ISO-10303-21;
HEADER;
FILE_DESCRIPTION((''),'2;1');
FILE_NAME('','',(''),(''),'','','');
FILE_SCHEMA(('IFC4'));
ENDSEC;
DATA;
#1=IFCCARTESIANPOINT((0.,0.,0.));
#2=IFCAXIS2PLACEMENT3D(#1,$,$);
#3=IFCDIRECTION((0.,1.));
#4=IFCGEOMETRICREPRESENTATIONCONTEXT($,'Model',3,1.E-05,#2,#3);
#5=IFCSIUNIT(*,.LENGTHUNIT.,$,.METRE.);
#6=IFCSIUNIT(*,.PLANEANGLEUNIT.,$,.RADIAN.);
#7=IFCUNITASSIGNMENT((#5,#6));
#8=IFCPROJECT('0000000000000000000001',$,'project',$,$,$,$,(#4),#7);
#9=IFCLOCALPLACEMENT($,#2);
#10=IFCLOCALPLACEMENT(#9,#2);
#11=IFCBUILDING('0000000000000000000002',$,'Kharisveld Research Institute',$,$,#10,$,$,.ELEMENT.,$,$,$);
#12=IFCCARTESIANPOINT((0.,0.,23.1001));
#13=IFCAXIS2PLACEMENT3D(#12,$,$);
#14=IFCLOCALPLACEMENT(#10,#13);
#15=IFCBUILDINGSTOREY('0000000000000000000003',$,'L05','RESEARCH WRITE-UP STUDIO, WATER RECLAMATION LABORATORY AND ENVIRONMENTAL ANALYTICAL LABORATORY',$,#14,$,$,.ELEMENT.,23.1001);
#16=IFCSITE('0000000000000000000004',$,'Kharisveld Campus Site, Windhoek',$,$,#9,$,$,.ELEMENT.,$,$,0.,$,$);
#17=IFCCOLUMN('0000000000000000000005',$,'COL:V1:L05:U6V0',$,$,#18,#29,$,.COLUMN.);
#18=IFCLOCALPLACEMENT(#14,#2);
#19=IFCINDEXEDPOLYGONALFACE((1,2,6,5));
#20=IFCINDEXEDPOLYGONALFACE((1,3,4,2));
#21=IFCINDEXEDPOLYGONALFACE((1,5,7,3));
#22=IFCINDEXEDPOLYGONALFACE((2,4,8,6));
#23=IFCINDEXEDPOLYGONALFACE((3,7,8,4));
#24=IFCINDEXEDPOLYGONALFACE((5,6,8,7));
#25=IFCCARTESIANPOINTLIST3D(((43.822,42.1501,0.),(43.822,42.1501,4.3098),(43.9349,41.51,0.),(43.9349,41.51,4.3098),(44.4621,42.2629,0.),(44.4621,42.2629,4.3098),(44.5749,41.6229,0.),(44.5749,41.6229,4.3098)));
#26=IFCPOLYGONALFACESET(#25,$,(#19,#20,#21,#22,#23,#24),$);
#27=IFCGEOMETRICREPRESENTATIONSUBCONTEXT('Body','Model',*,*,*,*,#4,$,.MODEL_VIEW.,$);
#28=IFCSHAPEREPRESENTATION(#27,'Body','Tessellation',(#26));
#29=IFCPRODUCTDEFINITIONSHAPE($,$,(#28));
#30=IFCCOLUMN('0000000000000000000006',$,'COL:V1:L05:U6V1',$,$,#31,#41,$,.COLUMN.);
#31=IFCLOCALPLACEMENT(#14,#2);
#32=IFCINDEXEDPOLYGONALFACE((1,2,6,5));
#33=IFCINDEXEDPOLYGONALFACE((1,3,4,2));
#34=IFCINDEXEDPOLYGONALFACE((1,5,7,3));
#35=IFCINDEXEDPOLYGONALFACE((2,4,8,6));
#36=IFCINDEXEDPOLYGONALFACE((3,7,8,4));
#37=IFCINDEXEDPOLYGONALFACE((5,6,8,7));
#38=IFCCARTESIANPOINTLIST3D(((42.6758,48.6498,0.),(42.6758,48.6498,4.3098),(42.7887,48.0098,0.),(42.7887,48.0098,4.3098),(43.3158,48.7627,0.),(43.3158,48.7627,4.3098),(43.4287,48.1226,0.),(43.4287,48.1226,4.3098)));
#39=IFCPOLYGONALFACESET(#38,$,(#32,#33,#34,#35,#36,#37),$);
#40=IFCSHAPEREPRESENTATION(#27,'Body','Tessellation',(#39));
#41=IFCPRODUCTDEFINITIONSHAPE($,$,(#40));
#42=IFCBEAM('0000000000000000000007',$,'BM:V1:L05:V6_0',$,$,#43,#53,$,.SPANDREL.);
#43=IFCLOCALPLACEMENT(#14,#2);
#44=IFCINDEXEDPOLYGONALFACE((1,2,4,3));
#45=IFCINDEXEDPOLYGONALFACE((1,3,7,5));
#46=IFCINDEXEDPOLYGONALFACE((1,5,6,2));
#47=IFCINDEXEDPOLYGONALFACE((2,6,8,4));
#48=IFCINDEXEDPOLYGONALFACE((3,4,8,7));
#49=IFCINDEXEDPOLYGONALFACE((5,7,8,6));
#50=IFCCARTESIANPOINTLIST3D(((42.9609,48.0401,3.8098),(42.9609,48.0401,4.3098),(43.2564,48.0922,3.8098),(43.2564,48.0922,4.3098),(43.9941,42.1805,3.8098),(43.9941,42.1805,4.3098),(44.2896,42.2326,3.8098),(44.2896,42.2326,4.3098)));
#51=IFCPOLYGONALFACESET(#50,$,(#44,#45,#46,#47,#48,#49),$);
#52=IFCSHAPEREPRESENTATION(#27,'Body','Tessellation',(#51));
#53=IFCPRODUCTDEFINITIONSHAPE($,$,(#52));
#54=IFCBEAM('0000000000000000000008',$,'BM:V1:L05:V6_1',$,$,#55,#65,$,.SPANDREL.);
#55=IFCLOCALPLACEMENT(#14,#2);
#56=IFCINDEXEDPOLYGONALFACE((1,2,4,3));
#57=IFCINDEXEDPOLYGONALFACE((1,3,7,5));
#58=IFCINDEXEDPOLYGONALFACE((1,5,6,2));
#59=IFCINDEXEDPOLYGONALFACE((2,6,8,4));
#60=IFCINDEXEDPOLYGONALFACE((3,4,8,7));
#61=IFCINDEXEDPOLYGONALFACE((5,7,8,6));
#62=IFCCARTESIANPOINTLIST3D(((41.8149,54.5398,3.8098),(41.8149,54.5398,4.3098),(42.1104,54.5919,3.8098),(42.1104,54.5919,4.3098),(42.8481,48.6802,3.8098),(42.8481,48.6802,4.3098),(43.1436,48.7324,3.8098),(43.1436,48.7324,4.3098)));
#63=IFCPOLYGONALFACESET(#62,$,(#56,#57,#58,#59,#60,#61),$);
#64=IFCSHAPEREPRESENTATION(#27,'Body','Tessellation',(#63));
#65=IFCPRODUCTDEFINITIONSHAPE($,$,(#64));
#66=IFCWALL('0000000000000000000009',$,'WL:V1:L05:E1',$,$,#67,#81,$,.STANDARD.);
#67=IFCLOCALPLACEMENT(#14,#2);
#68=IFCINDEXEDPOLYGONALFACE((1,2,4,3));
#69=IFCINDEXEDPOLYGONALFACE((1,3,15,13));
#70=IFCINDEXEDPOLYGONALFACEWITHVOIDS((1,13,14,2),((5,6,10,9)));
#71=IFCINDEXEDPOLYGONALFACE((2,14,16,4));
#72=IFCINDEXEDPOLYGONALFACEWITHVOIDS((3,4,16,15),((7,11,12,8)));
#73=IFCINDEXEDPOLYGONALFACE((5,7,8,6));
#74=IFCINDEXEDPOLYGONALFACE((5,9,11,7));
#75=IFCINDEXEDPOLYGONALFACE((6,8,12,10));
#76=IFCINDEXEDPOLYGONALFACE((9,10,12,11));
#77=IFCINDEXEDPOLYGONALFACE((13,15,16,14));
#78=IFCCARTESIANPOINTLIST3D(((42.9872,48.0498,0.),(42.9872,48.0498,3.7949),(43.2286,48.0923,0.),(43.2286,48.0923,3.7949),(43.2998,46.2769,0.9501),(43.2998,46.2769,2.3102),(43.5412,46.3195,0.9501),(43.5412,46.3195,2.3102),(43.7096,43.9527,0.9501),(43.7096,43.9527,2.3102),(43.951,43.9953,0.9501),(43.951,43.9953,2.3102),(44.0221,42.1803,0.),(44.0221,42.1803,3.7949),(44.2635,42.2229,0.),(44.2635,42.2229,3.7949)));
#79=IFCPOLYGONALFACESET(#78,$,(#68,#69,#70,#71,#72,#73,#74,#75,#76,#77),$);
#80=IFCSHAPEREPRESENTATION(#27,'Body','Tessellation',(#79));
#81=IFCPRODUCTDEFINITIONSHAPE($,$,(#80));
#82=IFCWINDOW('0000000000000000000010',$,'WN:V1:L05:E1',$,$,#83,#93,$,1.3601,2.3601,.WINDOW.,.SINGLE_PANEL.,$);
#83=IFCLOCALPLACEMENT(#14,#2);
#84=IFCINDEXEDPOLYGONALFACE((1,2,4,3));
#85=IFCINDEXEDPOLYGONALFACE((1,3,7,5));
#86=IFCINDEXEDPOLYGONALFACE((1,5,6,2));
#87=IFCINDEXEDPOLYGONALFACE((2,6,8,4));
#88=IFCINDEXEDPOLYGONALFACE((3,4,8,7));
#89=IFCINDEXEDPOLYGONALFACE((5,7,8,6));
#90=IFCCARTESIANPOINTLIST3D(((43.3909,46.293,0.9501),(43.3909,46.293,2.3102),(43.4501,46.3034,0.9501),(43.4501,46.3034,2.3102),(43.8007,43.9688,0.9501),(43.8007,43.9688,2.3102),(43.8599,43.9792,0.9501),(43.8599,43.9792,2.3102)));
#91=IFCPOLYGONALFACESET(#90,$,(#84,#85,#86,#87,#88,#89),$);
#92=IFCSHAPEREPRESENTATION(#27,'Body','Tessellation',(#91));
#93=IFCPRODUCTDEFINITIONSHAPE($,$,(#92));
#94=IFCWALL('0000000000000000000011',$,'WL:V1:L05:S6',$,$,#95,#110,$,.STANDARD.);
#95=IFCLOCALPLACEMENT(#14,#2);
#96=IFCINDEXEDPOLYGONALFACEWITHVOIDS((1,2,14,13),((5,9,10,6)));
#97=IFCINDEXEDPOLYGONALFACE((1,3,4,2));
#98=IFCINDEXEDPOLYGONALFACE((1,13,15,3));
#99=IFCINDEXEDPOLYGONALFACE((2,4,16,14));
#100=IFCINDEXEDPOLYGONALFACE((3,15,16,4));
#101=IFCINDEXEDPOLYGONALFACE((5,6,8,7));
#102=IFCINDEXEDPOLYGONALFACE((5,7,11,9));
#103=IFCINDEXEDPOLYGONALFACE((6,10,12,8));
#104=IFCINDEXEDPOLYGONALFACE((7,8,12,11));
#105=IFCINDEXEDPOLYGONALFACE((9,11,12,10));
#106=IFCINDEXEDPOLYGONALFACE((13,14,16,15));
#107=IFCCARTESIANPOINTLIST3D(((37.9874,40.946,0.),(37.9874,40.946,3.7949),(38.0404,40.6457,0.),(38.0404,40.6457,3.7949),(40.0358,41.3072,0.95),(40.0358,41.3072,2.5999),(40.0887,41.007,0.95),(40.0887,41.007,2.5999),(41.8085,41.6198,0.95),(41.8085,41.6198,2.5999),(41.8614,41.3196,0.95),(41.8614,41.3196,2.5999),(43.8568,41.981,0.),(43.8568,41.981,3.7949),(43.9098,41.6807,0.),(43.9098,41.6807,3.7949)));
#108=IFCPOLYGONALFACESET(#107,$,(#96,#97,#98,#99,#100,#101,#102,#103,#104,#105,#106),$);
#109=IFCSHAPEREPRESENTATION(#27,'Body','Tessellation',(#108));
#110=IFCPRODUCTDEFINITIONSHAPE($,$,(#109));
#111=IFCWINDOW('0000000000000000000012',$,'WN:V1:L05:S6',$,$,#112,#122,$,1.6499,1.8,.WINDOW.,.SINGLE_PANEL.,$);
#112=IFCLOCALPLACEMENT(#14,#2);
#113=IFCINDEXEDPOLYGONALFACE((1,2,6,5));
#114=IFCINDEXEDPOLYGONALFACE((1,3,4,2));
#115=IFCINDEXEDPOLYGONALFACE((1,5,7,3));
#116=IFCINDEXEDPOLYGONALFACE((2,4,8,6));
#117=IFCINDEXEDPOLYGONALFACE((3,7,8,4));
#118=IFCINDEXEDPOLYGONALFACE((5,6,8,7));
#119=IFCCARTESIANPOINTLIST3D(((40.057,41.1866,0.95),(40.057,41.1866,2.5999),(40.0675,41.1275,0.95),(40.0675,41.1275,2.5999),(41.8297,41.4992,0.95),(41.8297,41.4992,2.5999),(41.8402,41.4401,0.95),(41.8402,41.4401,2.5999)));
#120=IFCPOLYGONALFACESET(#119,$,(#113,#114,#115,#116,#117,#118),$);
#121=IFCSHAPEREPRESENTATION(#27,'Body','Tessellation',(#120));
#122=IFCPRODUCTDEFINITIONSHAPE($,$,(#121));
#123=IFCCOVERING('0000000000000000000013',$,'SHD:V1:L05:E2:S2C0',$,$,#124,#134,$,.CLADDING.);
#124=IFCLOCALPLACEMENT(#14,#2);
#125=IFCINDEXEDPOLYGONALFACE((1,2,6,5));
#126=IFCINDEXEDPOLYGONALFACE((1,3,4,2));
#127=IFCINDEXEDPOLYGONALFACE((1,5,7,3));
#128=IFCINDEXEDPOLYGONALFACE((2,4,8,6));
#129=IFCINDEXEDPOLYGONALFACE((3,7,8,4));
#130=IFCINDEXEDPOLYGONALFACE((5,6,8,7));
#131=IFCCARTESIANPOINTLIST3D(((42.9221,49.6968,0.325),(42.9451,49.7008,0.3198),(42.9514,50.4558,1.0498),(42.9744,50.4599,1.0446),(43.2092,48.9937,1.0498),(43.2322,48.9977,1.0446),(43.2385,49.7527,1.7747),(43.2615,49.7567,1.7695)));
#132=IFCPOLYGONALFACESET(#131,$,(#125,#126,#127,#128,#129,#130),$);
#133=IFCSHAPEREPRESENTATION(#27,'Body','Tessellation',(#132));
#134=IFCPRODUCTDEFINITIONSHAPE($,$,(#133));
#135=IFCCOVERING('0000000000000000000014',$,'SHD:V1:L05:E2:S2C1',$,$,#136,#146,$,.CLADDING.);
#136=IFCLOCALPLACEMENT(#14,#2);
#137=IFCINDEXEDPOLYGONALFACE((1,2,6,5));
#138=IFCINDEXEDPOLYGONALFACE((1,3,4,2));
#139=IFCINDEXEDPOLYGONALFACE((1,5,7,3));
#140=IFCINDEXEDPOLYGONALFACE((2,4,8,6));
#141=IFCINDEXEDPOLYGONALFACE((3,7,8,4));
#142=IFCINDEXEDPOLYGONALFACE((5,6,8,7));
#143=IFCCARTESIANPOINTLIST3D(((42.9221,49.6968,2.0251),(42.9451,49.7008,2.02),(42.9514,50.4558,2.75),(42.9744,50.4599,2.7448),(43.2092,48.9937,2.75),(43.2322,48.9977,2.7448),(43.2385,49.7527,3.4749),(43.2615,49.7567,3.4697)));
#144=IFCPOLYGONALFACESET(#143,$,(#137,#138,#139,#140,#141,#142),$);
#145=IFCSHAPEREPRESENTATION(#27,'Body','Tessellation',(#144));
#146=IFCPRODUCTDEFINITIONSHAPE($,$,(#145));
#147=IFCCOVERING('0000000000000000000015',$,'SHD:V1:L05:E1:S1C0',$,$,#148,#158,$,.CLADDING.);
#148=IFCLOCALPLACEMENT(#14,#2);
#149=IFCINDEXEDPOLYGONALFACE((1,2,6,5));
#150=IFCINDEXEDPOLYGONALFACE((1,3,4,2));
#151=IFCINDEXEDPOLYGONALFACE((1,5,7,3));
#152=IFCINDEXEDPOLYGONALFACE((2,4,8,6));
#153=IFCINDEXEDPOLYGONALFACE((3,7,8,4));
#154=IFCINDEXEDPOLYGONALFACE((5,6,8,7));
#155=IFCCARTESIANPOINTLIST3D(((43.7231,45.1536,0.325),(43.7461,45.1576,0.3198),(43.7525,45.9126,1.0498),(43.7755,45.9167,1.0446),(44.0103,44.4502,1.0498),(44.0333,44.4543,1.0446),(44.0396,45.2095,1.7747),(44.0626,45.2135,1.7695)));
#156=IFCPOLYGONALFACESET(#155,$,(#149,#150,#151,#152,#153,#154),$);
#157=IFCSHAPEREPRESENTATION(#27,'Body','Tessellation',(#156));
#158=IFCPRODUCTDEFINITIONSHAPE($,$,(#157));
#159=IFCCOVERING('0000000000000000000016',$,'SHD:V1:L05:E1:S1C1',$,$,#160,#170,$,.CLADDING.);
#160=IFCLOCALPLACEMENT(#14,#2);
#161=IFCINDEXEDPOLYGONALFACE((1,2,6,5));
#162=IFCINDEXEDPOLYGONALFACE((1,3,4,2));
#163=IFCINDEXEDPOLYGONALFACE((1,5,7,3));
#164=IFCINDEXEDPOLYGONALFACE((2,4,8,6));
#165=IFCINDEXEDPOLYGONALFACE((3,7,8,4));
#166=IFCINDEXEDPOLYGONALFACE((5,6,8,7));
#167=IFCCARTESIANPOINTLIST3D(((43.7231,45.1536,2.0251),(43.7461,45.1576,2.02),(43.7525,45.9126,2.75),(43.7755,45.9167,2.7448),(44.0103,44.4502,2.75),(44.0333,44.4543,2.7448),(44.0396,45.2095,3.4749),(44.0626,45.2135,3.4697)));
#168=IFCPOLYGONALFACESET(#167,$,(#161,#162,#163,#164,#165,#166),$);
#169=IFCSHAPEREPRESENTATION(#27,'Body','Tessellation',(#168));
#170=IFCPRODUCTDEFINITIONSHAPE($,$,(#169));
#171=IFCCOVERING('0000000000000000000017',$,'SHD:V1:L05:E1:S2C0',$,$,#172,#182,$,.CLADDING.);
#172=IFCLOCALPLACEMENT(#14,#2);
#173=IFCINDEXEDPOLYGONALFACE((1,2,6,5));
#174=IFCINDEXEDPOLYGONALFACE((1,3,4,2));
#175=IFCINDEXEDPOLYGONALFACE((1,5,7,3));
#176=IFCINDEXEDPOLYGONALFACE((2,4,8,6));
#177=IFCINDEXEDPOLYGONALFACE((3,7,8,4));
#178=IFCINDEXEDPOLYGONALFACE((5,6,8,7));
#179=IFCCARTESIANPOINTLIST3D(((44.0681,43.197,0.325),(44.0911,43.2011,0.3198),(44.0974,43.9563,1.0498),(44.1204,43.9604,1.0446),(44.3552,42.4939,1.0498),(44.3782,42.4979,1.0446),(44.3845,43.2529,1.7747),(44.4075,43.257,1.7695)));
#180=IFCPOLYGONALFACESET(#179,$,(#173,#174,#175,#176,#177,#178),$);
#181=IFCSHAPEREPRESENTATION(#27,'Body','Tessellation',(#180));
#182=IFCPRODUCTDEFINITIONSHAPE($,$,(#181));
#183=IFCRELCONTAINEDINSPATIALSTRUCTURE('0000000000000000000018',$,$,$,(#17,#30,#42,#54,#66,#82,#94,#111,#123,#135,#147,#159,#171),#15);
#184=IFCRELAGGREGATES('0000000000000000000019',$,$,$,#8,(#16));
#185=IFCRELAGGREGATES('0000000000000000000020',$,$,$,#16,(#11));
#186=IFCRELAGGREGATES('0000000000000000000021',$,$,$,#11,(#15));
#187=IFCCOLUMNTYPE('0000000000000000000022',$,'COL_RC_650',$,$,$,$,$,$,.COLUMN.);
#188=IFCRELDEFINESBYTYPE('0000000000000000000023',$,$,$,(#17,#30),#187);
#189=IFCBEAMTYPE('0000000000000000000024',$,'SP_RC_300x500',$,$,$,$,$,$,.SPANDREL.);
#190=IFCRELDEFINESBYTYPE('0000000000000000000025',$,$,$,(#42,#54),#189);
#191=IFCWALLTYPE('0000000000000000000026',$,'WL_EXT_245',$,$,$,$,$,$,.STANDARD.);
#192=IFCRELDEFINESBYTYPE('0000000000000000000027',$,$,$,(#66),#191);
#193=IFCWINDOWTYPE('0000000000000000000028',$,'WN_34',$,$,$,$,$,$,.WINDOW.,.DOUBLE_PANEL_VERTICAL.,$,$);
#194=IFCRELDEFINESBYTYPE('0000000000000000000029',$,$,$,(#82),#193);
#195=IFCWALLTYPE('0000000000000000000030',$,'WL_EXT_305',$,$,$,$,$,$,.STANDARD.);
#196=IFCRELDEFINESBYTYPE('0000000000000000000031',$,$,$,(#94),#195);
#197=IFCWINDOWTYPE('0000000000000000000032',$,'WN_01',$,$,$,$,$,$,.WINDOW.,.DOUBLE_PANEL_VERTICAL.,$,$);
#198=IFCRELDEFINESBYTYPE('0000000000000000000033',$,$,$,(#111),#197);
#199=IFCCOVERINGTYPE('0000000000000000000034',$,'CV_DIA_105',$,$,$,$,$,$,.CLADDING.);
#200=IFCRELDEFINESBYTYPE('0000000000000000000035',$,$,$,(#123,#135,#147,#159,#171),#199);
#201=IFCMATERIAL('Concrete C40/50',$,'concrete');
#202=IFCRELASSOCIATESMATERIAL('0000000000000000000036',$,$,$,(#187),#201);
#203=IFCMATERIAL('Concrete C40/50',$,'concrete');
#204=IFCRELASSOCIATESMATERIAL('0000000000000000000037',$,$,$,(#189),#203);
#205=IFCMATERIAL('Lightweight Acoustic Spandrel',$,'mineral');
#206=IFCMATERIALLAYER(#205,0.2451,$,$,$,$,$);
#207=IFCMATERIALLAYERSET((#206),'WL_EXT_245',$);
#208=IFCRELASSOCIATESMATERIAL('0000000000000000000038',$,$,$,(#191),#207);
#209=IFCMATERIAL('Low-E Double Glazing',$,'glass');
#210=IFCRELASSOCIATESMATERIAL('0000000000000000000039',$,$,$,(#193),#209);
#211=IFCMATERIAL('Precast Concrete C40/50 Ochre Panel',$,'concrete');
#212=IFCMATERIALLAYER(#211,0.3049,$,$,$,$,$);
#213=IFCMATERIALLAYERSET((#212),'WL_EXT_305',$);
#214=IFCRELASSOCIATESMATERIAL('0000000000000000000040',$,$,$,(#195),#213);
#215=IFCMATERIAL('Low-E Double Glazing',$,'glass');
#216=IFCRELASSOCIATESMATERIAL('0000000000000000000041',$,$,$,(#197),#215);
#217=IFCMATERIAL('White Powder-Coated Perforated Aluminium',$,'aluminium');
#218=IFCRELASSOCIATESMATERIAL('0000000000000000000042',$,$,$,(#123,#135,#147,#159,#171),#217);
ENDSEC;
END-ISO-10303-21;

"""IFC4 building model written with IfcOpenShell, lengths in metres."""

from ifc_helpers import new_model, si_unit, direction, frame, frame_2d, origin, origin_2d, place, context, subcontext, project, spatial, polyline, rectangle, outline, extrude, material, layer, layer_set, material_profile, profile_set, type_object, element, fill, save


model = new_model("IFC4")

# Units and contexts
model_context = context("Model", 3, precision=1e-05, world=origin(), true_north=direction((0.0, 1.0)))
body_context = subcontext(model_context, "Body", "Model", "MODEL_VIEW")
ifc_project = project(units=[si_unit("LENGTHUNIT", "METRE"), si_unit("PLANEANGLEUNIT", "RADIAN")], contexts=[model_context])

# Site, building, storey
site_placement = place(None, origin())
site = spatial("IfcSite", under=ifc_project, at=site_placement, Name="Kharisveld Campus Site, Windhoek", CompositionType="ELEMENT", RefElevation=0.0)
building_placement = place(site_placement, origin())
building = spatial("IfcBuilding", under=site, at=building_placement, Name="Kharisveld Research Institute", CompositionType="ELEMENT")
storey_placement = place(building_placement, frame((0.0, 0.0, 23.1001)))
storey = spatial("IfcBuildingStorey", under=building, at=storey_placement, Name="L05", Description="RESEARCH WRITE-UP STUDIO, WATER RECLAMATION LABORATORY AND ENVIRONMENTAL ANALYTICAL LABORATORY", CompositionType="ELEMENT", Elevation=23.1001)

# Columns
ifc_material_1 = material(Name="Concrete C40/50", Category="concrete")
ifc_material_profile_1 = material_profile(ifc_material_1, rectangle(XDim=0.6499, YDim=0.6499, at=origin_2d()))
ifc_profile_set_1 = profile_set([ifc_material_profile_1], Name="Concrete C40/50")
column_type = type_object("IfcColumnType", Name="COL_RC_650", PredefinedType="COLUMN", material=ifc_profile_set_1)
for number, where, z_axis, x_axis, name in (
    (1, (44.1985, 41.8865, 0.0), (0.0, 0.0, 1.0), (0.984808, 0.173648, 0.0), "COL:V1:L05:U6V0"),
    (2, (43.0522, 48.3862, 0.0), (0.0, 0.0, 1.0), (0.984808, 0.173648, 0.0), "COL:V1:L05:U6V1"),
):
    element("IfcColumn", number, at=place(storey_placement, frame(where, z_axis=z_axis, x_axis=x_axis)), inside=storey, type_object=column_type, Name=name, PredefinedType="COLUMN", context=body_context, shape_type="SweptSolid", body=[
        extrude(rectangle(XDim=0.6499, YDim=0.6499, at=origin_2d()), origin(), (0.0, 0.0, 1.0), 4.3098),
    ])

# Beams
ifc_material_2 = material(Name="Concrete C40/50", Category="concrete")
ifc_material_profile_2 = material_profile(ifc_material_2, rectangle(XDim=0.3, YDim=0.5, at=origin_2d()))
ifc_profile_set_2 = profile_set([ifc_material_profile_2], Name="Concrete C40/50")
beam_type = type_object("IfcBeamType", Name="SP_RC_300x500", PredefinedType="SPANDREL", material=ifc_profile_set_2)
for number, where, z_axis, x_axis, name in (
    (3, (44.1418, 42.2065, 4.0598), (-0.173647, 0.984808, 0.0), (-0.984808, -0.173647, 0.0), "BM:V1:L05:V6_0"),
    (4, (42.9958, 48.7063, 4.0598), (-0.173647, 0.984808, 0.0), (-0.984808, -0.173647, 0.0), "BM:V1:L05:V6_1"),
):
    element("IfcBeam", number, at=place(storey_placement, frame(where, z_axis=z_axis, x_axis=x_axis)), inside=storey, type_object=beam_type, Name=name, PredefinedType="SPANDREL", context=body_context, shape_type="SweptSolid", body=[
        extrude(rectangle(XDim=0.3, YDim=0.5, at=origin_2d()), origin(), (0.0, 0.0, 1.0), 5.95),
    ])

# Walls, openings, windows
ifc_material_3 = material(Name="Lightweight Acoustic Spandrel", Category="mineral")
ifc_layer_1 = layer(ifc_material_3, 0.2451)
ifc_layer_set_1 = layer_set([ifc_layer_1], Name="WL_EXT_245")
wall_type_1 = type_object("IfcWallType", Name="WL_EXT_245", PredefinedType="STANDARD", material=ifc_layer_set_1)
wall_1_placement = place(storey_placement, frame((43.1079, 48.071, 0.0), z_axis=(0.0, 0.0, 1.0), x_axis=(0.173645, -0.984808, 0.0)))
wall_1 = element("IfcWall", 5, at=wall_1_placement, inside=storey, type_object=wall_type_1, Name="WL:V1:L05:E1", PredefinedType="STANDARD", context=body_context, shape_type="SweptSolid", body=[
    extrude(rectangle(XDim=5.96, YDim=0.2451, at=frame_2d((2.98, 0.0))), origin(), (0.0, 0.0, 1.0), 3.7949),
])
opening_1_placement = place(wall_1_placement, frame((1.8, 0.0, 0.95)))
opening_1 = element("IfcOpeningElement", 6, at=opening_1_placement, cuts=wall_1, PredefinedType="OPENING", context=body_context, shape_type="SweptSolid", body=[
    extrude(rectangle(XDim=2.3601, YDim=1.3601, at=frame_2d((1.1802, 0.6802))), frame((0.0, 0.1226, 0.0), z_axis=(0.0, -1.0, 0.0), x_axis=(1.0, 0.0, 0.0)), (0.0, 0.0, 1.0), 0.2451),
])
ifc_material_4 = material(Name="Low-E Double Glazing", Category="glass")
window_type_1 = type_object("IfcWindowType", Name="WN_34", PartitioningType="DOUBLE_PANEL_VERTICAL", PredefinedType="WINDOW", material=ifc_material_4)
window_1_placement = place(opening_1_placement, origin())
window_1 = element("IfcWindow", 7, at=window_1_placement, inside=storey, type_object=window_type_1, Name="WN:V1:L05:E1", OverallHeight=1.3601, OverallWidth=2.3601, PartitioningType="SINGLE_PANEL", PredefinedType="WINDOW", context=body_context, shape_type="SweptSolid", body=[
    extrude(rectangle(XDim=2.3601, YDim=1.3601, at=frame_2d((1.1802, 0.6802))), frame((0.0, 0.03, 0.0), z_axis=(0.0, -1.0, 0.0), x_axis=(1.0, 0.0, 0.0)), (0.0, 0.0, 1.0), 0.0601),
])
fill(opening_1, window_1)
ifc_material_5 = material(Name="Precast Concrete C40/50 Ochre Panel", Category="concrete")
ifc_layer_2 = layer(ifc_material_5, 0.3049)
ifc_layer_set_2 = layer_set([ifc_layer_2], Name="WL_EXT_305")
wall_type_2 = type_object("IfcWallType", Name="WL_EXT_305", PredefinedType="STANDARD", material=ifc_layer_set_2)
wall_2_placement = place(storey_placement, frame((43.8833, 41.8308, 0.0), z_axis=(0.0, 0.0, 1.0), x_axis=(-0.984808, -0.173645, 0.0)))
wall_2 = element("IfcWall", 8, at=wall_2_placement, inside=storey, type_object=wall_type_2, Name="WL:V1:L05:S6", PredefinedType="STANDARD", context=body_context, shape_type="SweptSolid", body=[
    extrude(rectangle(XDim=5.96, YDim=0.3049, at=frame_2d((2.98, 0.0))), origin(), (0.0, 0.0, 1.0), 3.7949),
])
opening_2_placement = place(wall_2_placement, frame((2.0801, 0.0, 0.95)))
opening_2 = element("IfcOpeningElement", 9, at=opening_2_placement, cuts=wall_2, PredefinedType="OPENING", context=body_context, shape_type="SweptSolid", body=[
    extrude(rectangle(XDim=1.8, YDim=1.6499, at=frame_2d((0.8999, 0.825))), frame((0.0, 0.1523, 0.0), z_axis=(0.0, -1.0, 0.0), x_axis=(1.0, 0.0, 0.0)), (0.0, 0.0, 1.0), 0.3049),
])
ifc_material_6 = material(Name="Low-E Double Glazing", Category="glass")
window_type_2 = type_object("IfcWindowType", Name="WN_01", PartitioningType="DOUBLE_PANEL_VERTICAL", PredefinedType="WINDOW", material=ifc_material_6)
window_2_placement = place(opening_2_placement, origin())
window_2 = element("IfcWindow", 10, at=window_2_placement, inside=storey, type_object=window_type_2, Name="WN:V1:L05:S6", OverallHeight=1.6499, OverallWidth=1.8, PartitioningType="SINGLE_PANEL", PredefinedType="WINDOW", context=body_context, shape_type="SweptSolid", body=[
    extrude(rectangle(XDim=1.8, YDim=1.6499, at=frame_2d((0.8999, 0.825))), frame((0.0, 0.03, 0.0), z_axis=(0.0, -1.0, 0.0), x_axis=(1.0, 0.0, 0.0)), (0.0, 0.0, 1.0), 0.0601),
])
fill(opening_2, window_2)

# Coverings
ifc_material_7 = material(Name="White Powder-Coated Perforated Aluminium", Category="aluminium")
covering_type = type_object("IfcCoveringType", Name="CV_DIA_105", PredefinedType="CLADDING")
for number, where, z_axis, x_axis, name in (
    (11, (42.9221, 49.6968, 0.325), (-0.961476, -0.169531, 0.216385), (0.273471, -0.669725, 0.690421), "SHD:V1:L05:E2:S2C0"),
    (12, (42.9221, 49.6968, 2.0251), (-0.961476, -0.169531, 0.216385), (0.273471, -0.669725, 0.690421), "SHD:V1:L05:E2:S2C1"),
):
    element("IfcCovering", number, at=place(storey_placement, frame(where, z_axis=z_axis, x_axis=x_axis)), inside=storey, type_object=covering_type, material=ifc_material_7, Name=name, PredefinedType="CLADDING", context=body_context, shape_type="SweptSolid", body=[
        extrude(outline(polyline([(0.0, 0.0), (1.0499, 0.0), (1.05, 1.05), (0.0001, 1.05), (0.0, 0.0)])), origin(), (0.0, 0.0, -1.0), 0.0239),
    ])
for number, where, z_axis, x_axis, name in (
    (13, (43.7231, 45.1536, 0.325), (-0.961481, -0.169503, 0.216385), (0.273447, -0.66985, 0.69031), "SHD:V1:L05:E1:S1C0"),
    (14, (43.7231, 45.1536, 2.0251), (-0.961481, -0.169503, 0.216385), (0.273447, -0.66985, 0.69031), "SHD:V1:L05:E1:S1C1"),
):
    element("IfcCovering", number, at=place(storey_placement, frame(where, z_axis=z_axis, x_axis=x_axis)), inside=storey, type_object=covering_type, material=ifc_material_7, Name=name, PredefinedType="CLADDING", context=body_context, shape_type="SweptSolid", body=[
        extrude(outline(polyline([(0.0, 0.0), (1.05, 0.0), (1.0498, 1.0501), (-0.0001, 1.05), (0.0, 0.0)])), origin(), (0.0, 0.0, -1.0), 0.0239),
    ])
for number, where, z_axis, x_axis, name in (
    (15, (44.0681, 43.197, 0.325), (-0.961481, -0.169503, 0.216385), (0.273452, -0.669728, 0.690426), "SHD:V1:L05:E1:S2C0"),
):
    element("IfcCovering", number, at=place(storey_placement, frame(where, z_axis=z_axis, x_axis=x_axis)), inside=storey, type_object=covering_type, material=ifc_material_7, Name=name, PredefinedType="CLADDING", context=body_context, shape_type="SweptSolid", body=[
        extrude(outline(polyline([(0.0, 0.0), (1.0499, 0.0), (1.05, 1.05), (0.0, 1.0501), (0.0, 0.0)])), origin(), (0.0, 0.0, -1.0), 0.0239),
    ])

save(model, "model.ifc")
